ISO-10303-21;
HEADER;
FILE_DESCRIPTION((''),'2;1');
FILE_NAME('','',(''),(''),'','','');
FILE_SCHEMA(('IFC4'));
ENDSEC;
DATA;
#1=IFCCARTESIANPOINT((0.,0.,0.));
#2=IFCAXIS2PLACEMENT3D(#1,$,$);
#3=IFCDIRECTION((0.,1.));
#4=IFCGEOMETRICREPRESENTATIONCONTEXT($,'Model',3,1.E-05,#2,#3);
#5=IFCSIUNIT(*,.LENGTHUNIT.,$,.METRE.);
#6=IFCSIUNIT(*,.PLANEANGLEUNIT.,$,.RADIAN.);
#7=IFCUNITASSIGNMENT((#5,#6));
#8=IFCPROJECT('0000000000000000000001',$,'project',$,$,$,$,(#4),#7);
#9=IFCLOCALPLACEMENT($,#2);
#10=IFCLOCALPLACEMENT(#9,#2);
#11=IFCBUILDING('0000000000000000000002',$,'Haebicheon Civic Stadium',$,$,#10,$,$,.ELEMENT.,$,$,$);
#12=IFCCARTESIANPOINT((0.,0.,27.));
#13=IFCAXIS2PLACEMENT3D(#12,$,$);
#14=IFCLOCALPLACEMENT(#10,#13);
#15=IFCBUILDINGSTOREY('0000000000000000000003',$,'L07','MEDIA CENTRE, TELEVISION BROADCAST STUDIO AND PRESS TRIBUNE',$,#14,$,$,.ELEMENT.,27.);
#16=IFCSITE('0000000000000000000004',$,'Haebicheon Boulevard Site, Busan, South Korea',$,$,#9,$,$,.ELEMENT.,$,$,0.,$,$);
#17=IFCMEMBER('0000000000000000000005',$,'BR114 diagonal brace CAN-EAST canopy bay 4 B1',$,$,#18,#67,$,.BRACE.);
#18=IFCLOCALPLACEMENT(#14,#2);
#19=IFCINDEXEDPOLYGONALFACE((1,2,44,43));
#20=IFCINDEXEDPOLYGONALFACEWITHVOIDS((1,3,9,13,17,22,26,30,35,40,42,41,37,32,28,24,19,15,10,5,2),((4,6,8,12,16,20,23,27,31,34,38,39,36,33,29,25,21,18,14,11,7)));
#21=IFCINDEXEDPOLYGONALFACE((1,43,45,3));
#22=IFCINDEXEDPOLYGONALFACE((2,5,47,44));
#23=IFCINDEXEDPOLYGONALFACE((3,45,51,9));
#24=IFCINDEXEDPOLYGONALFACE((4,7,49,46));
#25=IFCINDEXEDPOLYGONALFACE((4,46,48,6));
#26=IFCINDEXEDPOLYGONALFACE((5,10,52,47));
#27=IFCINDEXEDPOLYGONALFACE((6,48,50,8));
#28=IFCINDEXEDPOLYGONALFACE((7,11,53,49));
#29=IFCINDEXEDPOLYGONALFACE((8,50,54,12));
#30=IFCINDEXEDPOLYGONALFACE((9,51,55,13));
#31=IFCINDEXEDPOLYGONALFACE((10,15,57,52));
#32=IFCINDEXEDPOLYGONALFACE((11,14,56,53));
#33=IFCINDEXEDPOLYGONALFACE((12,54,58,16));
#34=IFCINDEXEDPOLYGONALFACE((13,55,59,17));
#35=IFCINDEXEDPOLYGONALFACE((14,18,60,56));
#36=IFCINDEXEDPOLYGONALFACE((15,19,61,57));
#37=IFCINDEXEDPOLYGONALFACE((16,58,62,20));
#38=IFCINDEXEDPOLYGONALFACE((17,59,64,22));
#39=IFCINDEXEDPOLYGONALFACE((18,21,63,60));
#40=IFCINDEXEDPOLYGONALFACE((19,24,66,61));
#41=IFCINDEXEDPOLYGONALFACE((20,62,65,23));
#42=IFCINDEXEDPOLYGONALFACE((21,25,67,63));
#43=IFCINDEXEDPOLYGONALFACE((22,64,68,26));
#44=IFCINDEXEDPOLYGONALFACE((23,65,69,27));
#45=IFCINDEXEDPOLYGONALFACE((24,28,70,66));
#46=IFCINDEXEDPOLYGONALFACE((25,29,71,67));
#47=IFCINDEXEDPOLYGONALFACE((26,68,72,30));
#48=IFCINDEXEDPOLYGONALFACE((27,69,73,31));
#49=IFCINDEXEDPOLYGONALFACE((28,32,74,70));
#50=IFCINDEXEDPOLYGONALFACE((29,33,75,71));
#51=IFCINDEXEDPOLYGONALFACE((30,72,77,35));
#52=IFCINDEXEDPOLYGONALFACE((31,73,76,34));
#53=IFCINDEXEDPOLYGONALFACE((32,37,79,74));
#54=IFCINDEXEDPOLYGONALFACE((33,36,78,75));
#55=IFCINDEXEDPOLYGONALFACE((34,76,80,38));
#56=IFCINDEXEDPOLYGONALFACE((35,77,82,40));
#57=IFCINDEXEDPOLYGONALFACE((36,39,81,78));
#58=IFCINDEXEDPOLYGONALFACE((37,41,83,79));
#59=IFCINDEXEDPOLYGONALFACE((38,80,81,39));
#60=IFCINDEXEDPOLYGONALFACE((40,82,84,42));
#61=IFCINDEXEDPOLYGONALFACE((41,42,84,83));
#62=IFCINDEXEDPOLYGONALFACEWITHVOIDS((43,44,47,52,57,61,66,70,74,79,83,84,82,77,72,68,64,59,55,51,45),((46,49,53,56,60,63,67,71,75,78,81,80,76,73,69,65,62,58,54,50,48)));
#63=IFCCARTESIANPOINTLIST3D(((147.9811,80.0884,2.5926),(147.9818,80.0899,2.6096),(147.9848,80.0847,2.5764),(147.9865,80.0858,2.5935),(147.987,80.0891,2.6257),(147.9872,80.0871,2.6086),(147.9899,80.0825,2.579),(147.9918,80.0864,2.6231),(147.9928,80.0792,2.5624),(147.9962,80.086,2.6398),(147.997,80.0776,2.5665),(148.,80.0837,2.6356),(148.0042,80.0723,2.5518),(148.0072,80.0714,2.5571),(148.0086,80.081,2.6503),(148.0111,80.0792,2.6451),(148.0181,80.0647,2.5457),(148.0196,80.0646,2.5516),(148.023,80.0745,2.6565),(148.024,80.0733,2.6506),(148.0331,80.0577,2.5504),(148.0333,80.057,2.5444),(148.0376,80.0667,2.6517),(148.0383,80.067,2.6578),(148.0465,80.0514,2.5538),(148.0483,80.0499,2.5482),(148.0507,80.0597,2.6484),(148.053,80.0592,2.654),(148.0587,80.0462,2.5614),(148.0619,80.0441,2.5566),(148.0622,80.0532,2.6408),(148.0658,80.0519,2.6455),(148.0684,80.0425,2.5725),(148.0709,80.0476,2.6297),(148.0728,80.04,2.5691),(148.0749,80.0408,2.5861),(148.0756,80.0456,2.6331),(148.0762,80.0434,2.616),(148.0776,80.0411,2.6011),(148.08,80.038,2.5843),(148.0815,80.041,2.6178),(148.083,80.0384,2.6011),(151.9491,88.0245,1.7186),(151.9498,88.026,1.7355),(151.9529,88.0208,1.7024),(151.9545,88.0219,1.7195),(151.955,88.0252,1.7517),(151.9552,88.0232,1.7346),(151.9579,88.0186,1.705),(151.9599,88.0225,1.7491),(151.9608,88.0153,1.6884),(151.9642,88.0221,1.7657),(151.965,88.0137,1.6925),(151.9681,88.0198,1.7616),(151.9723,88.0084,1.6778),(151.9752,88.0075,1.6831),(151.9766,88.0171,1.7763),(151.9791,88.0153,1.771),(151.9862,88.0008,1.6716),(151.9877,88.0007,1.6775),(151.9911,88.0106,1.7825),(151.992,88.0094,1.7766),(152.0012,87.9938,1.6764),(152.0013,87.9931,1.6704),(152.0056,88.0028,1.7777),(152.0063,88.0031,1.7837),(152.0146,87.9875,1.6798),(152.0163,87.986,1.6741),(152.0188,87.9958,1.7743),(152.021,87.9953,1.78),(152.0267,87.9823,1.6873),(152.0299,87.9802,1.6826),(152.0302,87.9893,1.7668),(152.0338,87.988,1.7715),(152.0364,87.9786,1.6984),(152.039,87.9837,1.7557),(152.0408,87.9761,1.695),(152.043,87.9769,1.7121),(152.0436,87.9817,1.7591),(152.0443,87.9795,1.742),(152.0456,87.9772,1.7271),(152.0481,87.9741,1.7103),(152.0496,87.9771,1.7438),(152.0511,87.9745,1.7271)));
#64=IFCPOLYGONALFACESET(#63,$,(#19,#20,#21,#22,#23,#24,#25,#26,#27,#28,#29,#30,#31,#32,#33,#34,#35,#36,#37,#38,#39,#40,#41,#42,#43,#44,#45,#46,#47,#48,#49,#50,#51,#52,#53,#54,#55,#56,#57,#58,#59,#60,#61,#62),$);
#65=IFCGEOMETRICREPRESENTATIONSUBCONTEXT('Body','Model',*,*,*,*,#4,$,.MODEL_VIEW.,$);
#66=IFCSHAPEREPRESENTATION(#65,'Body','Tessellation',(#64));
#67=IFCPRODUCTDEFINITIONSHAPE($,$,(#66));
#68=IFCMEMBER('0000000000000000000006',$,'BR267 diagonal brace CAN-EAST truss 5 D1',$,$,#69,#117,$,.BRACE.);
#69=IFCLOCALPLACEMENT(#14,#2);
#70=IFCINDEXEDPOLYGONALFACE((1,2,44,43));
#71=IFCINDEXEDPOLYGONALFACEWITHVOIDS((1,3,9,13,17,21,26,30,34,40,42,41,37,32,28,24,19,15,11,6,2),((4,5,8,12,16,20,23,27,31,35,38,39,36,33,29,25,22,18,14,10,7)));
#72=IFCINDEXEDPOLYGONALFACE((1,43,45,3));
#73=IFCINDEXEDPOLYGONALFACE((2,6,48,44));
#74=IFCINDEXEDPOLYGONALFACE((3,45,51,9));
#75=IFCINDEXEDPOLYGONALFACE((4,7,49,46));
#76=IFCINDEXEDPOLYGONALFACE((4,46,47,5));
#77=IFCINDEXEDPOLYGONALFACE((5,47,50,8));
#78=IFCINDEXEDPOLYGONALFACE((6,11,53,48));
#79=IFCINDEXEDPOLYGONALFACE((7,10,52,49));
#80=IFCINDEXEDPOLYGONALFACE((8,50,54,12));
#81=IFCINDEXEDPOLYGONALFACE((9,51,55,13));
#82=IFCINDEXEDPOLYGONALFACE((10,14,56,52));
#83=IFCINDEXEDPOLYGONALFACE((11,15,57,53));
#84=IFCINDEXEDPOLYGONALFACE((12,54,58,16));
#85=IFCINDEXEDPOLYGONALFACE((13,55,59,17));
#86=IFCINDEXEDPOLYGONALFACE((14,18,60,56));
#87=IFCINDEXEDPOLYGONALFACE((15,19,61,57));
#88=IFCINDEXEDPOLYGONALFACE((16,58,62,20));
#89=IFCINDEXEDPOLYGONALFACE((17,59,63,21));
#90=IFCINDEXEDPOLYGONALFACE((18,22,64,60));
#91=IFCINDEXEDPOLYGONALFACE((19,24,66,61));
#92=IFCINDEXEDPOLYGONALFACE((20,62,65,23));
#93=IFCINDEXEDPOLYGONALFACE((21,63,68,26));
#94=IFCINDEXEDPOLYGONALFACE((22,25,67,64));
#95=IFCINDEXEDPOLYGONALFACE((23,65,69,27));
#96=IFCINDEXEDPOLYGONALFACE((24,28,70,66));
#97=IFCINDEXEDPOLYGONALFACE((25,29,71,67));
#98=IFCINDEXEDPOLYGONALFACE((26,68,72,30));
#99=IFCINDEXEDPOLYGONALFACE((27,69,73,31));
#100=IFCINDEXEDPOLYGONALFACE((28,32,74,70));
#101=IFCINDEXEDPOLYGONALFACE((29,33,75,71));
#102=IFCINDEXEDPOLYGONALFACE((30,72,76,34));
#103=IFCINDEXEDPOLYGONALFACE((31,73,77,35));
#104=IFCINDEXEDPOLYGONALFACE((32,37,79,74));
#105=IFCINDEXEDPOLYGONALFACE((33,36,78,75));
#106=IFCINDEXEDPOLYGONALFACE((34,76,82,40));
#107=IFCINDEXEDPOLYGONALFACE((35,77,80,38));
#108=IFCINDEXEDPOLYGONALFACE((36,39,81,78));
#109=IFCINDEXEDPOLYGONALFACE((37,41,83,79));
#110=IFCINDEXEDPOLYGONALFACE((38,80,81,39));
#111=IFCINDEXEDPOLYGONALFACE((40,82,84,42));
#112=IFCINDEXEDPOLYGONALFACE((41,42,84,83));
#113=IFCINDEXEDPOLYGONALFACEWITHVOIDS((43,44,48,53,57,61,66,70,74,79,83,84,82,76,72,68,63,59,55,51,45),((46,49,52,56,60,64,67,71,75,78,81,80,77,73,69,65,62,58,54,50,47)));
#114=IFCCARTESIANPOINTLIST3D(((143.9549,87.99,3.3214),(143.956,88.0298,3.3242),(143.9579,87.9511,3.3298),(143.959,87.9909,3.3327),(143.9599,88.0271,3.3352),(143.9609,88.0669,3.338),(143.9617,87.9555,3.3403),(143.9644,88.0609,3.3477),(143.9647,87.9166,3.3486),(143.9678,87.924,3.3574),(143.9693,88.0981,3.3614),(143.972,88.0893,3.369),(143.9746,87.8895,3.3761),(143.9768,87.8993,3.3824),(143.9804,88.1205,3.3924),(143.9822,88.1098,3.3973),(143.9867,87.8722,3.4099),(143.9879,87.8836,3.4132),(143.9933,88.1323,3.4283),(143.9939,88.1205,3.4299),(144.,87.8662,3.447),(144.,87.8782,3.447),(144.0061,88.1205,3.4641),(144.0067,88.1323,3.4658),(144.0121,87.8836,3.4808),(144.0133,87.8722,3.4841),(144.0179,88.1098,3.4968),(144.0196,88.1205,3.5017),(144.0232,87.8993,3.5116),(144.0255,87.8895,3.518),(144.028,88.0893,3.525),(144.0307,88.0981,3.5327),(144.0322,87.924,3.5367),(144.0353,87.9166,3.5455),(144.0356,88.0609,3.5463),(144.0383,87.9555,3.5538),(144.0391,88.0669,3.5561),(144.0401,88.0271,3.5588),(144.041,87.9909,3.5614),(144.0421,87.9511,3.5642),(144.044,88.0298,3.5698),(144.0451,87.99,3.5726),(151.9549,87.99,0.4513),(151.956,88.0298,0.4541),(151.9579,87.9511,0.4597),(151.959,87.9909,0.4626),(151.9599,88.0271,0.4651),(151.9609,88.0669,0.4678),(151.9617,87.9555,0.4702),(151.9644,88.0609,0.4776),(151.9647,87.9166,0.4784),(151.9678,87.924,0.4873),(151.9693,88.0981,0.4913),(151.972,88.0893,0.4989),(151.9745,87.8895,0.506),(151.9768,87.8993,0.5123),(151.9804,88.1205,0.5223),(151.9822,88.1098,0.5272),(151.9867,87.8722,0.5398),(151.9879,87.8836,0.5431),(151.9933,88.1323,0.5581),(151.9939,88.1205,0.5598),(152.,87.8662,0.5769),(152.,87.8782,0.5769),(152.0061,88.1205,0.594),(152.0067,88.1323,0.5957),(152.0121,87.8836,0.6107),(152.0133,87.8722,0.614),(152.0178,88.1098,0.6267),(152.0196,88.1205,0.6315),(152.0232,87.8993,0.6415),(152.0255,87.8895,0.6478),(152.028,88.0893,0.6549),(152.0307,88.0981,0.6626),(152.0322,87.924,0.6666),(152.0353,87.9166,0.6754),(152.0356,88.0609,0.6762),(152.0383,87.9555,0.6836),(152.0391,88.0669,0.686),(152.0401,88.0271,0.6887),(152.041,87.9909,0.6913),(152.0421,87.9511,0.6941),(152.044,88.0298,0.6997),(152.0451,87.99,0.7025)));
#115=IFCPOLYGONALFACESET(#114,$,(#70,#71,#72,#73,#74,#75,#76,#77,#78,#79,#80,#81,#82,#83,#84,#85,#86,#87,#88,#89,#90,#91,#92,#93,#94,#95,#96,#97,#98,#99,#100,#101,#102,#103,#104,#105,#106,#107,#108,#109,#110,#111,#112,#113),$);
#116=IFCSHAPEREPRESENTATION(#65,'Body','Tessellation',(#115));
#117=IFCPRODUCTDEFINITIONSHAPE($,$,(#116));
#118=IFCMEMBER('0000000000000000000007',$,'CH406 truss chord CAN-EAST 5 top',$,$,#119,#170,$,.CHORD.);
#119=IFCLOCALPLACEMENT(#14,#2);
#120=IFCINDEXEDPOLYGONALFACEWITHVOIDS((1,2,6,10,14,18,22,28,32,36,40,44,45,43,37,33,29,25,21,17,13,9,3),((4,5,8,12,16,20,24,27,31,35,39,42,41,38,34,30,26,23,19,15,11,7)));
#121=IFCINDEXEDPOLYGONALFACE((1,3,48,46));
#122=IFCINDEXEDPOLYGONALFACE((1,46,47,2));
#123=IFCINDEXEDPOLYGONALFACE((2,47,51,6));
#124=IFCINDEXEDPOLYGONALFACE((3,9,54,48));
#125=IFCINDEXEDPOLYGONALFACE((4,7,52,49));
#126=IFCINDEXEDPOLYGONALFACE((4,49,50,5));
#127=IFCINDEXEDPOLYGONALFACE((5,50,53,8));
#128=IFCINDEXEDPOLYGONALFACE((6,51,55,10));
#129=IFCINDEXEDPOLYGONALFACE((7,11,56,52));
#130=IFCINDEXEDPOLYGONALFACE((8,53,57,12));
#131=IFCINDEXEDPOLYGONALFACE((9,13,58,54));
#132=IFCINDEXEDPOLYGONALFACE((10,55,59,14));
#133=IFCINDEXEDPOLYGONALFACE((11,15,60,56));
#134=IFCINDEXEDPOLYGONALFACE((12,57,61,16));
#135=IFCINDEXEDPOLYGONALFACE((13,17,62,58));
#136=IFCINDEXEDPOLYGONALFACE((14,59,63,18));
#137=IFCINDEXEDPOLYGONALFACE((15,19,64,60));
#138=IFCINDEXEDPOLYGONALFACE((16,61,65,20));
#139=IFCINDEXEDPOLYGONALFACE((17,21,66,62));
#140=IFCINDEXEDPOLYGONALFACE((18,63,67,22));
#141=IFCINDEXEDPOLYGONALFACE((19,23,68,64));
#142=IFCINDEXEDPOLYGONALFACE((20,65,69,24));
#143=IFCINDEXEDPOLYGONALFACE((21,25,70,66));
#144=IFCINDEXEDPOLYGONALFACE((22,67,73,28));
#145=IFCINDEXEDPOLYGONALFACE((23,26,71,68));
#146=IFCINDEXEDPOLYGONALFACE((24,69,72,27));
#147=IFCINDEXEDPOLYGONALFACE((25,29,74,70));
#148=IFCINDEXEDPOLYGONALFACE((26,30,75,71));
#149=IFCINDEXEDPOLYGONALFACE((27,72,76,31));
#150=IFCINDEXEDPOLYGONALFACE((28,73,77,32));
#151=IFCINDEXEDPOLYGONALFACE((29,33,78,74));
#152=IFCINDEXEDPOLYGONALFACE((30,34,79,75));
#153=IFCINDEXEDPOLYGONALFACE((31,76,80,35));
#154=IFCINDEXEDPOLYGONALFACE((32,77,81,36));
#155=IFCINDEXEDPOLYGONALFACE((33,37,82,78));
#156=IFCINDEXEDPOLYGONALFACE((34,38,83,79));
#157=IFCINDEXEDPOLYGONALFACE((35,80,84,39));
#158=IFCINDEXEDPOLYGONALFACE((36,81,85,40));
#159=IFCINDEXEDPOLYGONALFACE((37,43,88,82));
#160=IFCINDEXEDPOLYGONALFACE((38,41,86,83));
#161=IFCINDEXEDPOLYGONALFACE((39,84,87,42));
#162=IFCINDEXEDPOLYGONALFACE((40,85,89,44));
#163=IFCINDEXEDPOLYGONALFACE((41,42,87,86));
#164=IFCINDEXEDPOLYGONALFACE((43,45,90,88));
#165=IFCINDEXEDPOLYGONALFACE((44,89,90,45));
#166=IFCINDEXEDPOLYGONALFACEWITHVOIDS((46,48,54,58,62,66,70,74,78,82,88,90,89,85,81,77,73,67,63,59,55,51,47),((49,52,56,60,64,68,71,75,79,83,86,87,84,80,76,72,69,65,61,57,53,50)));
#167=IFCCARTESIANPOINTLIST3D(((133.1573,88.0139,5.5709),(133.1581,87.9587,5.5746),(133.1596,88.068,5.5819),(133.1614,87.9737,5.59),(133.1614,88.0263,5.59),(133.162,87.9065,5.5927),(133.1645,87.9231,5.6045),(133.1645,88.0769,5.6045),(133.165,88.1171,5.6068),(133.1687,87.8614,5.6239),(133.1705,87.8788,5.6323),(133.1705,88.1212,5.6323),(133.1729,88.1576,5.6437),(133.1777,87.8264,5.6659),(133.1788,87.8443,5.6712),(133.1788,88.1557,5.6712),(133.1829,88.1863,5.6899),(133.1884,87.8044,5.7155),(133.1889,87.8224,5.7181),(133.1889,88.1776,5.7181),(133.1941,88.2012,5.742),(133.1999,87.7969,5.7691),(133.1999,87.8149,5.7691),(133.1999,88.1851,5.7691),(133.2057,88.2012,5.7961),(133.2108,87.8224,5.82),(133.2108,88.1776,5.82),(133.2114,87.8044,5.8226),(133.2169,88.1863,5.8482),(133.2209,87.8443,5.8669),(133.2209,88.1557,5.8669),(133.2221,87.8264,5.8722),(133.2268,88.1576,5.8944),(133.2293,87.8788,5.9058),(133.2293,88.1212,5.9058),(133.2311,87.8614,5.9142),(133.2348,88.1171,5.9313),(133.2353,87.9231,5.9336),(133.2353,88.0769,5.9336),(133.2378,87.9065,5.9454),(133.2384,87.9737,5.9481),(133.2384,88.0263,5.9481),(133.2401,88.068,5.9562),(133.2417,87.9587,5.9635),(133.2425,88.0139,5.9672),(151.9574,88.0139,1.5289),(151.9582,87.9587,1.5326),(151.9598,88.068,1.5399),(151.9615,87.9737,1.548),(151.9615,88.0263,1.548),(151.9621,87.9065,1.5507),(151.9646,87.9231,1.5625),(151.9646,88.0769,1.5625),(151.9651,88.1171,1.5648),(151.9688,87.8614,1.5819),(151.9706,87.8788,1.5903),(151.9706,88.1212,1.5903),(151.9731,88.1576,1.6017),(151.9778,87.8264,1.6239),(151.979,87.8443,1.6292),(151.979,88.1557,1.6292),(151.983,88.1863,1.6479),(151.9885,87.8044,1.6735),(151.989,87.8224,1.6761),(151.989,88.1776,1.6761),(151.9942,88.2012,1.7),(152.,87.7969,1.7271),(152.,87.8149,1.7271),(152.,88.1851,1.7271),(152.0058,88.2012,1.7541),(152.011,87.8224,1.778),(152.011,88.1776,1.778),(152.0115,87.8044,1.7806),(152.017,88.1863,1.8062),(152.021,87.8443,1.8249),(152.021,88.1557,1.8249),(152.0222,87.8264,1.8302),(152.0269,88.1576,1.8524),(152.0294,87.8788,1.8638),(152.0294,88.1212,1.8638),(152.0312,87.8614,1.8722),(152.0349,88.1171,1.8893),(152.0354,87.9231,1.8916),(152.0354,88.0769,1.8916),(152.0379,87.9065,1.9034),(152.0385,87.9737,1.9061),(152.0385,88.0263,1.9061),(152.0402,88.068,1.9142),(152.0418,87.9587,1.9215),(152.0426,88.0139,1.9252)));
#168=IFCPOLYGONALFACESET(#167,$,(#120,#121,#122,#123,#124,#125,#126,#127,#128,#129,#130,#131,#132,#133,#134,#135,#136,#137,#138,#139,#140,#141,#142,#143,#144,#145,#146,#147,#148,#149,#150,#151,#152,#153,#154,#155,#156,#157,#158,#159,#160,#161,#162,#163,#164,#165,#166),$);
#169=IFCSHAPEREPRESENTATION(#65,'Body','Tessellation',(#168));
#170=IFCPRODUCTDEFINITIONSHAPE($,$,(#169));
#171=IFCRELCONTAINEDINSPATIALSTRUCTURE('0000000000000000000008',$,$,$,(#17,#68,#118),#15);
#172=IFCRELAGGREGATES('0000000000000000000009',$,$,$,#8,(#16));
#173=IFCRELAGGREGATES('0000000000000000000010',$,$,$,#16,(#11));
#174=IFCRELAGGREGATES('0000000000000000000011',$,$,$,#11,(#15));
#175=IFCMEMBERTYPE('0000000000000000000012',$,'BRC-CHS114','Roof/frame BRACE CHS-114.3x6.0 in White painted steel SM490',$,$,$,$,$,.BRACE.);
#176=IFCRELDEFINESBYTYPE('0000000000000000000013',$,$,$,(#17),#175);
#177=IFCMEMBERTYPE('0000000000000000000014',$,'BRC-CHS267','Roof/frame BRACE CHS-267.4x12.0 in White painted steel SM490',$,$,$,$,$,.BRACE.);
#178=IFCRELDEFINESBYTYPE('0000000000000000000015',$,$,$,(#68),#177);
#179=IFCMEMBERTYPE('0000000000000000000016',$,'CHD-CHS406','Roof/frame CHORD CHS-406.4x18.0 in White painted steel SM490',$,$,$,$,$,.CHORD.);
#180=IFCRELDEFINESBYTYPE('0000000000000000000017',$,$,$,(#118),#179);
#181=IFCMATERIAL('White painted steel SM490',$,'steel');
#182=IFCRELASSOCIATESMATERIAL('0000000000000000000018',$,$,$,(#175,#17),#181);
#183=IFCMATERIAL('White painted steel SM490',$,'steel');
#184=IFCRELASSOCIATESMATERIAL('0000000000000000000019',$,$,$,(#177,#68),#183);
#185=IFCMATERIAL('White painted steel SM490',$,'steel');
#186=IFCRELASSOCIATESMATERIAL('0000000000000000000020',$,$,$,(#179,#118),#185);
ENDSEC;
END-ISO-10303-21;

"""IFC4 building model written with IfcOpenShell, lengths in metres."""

from ifc_helpers import new_model, si_unit, direction, frame, origin, origin_2d, place, context, subcontext, project, spatial, hollow_circle, extrude, material, material_profile, profile_set, type_object, element, save


model = new_model("IFC4")

# Units and contexts
model_context = context("Model", 3, precision=1e-05, world=origin(), true_north=direction((0.0, 1.0)))
body_context = subcontext(model_context, "Body", "Model", "MODEL_VIEW")
ifc_project = project(units=[si_unit("LENGTHUNIT", "METRE"), si_unit("PLANEANGLEUNIT", "RADIAN")], contexts=[model_context])

# Site, building, storey
site_placement = place(None, origin())
site = spatial("IfcSite", under=ifc_project, at=site_placement, Name="Haebicheon Boulevard Site, Busan, South Korea", CompositionType="ELEMENT", RefElevation=0.0)
building_placement = place(site_placement, origin())
building = spatial("IfcBuilding", under=site, at=building_placement, Name="Haebicheon Civic Stadium", CompositionType="ELEMENT")
storey_placement = place(building_placement, frame((0.0, 0.0, 27.0)))
storey = spatial("IfcBuildingStorey", under=building, at=storey_placement, Name="L07", Description="MEDIA CENTRE, TELEVISION BROADCAST STUDIO AND PRESS TRIBUNE", CompositionType="ELEMENT", Elevation=27.0)

# Members
ifc_material_1 = material(Name="White painted steel SM490", Category="steel")
ifc_material_profile_1 = material_profile(ifc_material_1, hollow_circle(Radius=0.0571, WallThickness=0.0061, at=origin_2d()), Name="CHS-114.3x6.0")
ifc_profile_set_1 = profile_set([ifc_material_profile_1], Name="White painted steel SM490")
member_type_1 = type_object("IfcMemberType", Name="BRC-CHS114", Description="Roof/frame BRACE CHS-114.3x6.0 in White painted steel SM490", PredefinedType="BRACE", material=ifc_profile_set_1)
member_1_placement = place(storey_placement, frame((152.0, 88.0, 1.7271), z_axis=(-0.445059, -0.890119, 0.098032), x_axis=(0.894427, -0.447214, 0.0)))
element("IfcMember", 1, at=member_1_placement, inside=storey, type_object=member_type_1, material=ifc_profile_set_1, Name="BR114 diagonal brace CAN-EAST canopy bay 4 B1", PredefinedType="BRACE", context=body_context, shape_type="SweptSolid", body=[
    extrude(hollow_circle(Radius=0.0571, WallThickness=0.0061, at=origin_2d()), origin(), (0.0, 0.0, 1.0), 8.9158),
])
ifc_material_2 = material(Name="White painted steel SM490", Category="steel")
ifc_material_profile_2 = material_profile(ifc_material_2, hollow_circle(Radius=0.1338, WallThickness=0.012, at=origin_2d()), Name="CHS-267.4x12.0")
ifc_profile_set_2 = profile_set([ifc_material_profile_2], Name="White painted steel SM490")
member_type_2 = type_object("IfcMemberType", Name="BRC-CHS267", Description="Roof/frame BRACE CHS-267.4x12.0 in White painted steel SM490", PredefinedType="BRACE", material=ifc_profile_set_2)
member_2_placement = place(storey_placement, frame((152.0, 88.0, 0.5769), z_axis=(-0.941257, 0.0, 0.33769), x_axis=(0.0, -1.0, 0.0)))
element("IfcMember", 2, at=member_2_placement, inside=storey, type_object=member_type_2, material=ifc_profile_set_2, Name="BR267 diagonal brace CAN-EAST truss 5 D1", PredefinedType="BRACE", context=body_context, shape_type="SweptSolid", body=[
    extrude(hollow_circle(Radius=0.1338, WallThickness=0.012, at=origin_2d()), origin(), (0.0, 0.0, 1.0), 8.4993),
])
ifc_material_3 = material(Name="White painted steel SM490", Category="steel")
ifc_material_profile_3 = material_profile(ifc_material_3, hollow_circle(Radius=0.2031, WallThickness=0.0181, at=origin_2d()), Name="CHS-406.4x18.0")
ifc_profile_set_3 = profile_set([ifc_material_profile_3], Name="White painted steel SM490")
member_type_3 = type_object("IfcMemberType", Name="CHD-CHS406", Description="Roof/frame CHORD CHS-406.4x18.0 in White painted steel SM490", PredefinedType="CHORD", material=ifc_profile_set_3)
member_3_placement = place(storey_placement, frame((152.0, 88.0, 1.7271), z_axis=(-0.977659, 0.0, 0.210196), x_axis=(0.0, -1.0, 0.0)))
element("IfcMember", 3, at=member_3_placement, inside=storey, type_object=member_type_3, material=ifc_profile_set_3, Name="CH406 truss chord CAN-EAST 5 top", PredefinedType="CHORD", context=body_context, shape_type="SweptSolid", body=[
    extrude(hollow_circle(Radius=0.2031, WallThickness=0.0181, at=origin_2d()), origin(), (0.0, 0.0, 1.0), 19.2297),
])

save(model, "model.ifc")
